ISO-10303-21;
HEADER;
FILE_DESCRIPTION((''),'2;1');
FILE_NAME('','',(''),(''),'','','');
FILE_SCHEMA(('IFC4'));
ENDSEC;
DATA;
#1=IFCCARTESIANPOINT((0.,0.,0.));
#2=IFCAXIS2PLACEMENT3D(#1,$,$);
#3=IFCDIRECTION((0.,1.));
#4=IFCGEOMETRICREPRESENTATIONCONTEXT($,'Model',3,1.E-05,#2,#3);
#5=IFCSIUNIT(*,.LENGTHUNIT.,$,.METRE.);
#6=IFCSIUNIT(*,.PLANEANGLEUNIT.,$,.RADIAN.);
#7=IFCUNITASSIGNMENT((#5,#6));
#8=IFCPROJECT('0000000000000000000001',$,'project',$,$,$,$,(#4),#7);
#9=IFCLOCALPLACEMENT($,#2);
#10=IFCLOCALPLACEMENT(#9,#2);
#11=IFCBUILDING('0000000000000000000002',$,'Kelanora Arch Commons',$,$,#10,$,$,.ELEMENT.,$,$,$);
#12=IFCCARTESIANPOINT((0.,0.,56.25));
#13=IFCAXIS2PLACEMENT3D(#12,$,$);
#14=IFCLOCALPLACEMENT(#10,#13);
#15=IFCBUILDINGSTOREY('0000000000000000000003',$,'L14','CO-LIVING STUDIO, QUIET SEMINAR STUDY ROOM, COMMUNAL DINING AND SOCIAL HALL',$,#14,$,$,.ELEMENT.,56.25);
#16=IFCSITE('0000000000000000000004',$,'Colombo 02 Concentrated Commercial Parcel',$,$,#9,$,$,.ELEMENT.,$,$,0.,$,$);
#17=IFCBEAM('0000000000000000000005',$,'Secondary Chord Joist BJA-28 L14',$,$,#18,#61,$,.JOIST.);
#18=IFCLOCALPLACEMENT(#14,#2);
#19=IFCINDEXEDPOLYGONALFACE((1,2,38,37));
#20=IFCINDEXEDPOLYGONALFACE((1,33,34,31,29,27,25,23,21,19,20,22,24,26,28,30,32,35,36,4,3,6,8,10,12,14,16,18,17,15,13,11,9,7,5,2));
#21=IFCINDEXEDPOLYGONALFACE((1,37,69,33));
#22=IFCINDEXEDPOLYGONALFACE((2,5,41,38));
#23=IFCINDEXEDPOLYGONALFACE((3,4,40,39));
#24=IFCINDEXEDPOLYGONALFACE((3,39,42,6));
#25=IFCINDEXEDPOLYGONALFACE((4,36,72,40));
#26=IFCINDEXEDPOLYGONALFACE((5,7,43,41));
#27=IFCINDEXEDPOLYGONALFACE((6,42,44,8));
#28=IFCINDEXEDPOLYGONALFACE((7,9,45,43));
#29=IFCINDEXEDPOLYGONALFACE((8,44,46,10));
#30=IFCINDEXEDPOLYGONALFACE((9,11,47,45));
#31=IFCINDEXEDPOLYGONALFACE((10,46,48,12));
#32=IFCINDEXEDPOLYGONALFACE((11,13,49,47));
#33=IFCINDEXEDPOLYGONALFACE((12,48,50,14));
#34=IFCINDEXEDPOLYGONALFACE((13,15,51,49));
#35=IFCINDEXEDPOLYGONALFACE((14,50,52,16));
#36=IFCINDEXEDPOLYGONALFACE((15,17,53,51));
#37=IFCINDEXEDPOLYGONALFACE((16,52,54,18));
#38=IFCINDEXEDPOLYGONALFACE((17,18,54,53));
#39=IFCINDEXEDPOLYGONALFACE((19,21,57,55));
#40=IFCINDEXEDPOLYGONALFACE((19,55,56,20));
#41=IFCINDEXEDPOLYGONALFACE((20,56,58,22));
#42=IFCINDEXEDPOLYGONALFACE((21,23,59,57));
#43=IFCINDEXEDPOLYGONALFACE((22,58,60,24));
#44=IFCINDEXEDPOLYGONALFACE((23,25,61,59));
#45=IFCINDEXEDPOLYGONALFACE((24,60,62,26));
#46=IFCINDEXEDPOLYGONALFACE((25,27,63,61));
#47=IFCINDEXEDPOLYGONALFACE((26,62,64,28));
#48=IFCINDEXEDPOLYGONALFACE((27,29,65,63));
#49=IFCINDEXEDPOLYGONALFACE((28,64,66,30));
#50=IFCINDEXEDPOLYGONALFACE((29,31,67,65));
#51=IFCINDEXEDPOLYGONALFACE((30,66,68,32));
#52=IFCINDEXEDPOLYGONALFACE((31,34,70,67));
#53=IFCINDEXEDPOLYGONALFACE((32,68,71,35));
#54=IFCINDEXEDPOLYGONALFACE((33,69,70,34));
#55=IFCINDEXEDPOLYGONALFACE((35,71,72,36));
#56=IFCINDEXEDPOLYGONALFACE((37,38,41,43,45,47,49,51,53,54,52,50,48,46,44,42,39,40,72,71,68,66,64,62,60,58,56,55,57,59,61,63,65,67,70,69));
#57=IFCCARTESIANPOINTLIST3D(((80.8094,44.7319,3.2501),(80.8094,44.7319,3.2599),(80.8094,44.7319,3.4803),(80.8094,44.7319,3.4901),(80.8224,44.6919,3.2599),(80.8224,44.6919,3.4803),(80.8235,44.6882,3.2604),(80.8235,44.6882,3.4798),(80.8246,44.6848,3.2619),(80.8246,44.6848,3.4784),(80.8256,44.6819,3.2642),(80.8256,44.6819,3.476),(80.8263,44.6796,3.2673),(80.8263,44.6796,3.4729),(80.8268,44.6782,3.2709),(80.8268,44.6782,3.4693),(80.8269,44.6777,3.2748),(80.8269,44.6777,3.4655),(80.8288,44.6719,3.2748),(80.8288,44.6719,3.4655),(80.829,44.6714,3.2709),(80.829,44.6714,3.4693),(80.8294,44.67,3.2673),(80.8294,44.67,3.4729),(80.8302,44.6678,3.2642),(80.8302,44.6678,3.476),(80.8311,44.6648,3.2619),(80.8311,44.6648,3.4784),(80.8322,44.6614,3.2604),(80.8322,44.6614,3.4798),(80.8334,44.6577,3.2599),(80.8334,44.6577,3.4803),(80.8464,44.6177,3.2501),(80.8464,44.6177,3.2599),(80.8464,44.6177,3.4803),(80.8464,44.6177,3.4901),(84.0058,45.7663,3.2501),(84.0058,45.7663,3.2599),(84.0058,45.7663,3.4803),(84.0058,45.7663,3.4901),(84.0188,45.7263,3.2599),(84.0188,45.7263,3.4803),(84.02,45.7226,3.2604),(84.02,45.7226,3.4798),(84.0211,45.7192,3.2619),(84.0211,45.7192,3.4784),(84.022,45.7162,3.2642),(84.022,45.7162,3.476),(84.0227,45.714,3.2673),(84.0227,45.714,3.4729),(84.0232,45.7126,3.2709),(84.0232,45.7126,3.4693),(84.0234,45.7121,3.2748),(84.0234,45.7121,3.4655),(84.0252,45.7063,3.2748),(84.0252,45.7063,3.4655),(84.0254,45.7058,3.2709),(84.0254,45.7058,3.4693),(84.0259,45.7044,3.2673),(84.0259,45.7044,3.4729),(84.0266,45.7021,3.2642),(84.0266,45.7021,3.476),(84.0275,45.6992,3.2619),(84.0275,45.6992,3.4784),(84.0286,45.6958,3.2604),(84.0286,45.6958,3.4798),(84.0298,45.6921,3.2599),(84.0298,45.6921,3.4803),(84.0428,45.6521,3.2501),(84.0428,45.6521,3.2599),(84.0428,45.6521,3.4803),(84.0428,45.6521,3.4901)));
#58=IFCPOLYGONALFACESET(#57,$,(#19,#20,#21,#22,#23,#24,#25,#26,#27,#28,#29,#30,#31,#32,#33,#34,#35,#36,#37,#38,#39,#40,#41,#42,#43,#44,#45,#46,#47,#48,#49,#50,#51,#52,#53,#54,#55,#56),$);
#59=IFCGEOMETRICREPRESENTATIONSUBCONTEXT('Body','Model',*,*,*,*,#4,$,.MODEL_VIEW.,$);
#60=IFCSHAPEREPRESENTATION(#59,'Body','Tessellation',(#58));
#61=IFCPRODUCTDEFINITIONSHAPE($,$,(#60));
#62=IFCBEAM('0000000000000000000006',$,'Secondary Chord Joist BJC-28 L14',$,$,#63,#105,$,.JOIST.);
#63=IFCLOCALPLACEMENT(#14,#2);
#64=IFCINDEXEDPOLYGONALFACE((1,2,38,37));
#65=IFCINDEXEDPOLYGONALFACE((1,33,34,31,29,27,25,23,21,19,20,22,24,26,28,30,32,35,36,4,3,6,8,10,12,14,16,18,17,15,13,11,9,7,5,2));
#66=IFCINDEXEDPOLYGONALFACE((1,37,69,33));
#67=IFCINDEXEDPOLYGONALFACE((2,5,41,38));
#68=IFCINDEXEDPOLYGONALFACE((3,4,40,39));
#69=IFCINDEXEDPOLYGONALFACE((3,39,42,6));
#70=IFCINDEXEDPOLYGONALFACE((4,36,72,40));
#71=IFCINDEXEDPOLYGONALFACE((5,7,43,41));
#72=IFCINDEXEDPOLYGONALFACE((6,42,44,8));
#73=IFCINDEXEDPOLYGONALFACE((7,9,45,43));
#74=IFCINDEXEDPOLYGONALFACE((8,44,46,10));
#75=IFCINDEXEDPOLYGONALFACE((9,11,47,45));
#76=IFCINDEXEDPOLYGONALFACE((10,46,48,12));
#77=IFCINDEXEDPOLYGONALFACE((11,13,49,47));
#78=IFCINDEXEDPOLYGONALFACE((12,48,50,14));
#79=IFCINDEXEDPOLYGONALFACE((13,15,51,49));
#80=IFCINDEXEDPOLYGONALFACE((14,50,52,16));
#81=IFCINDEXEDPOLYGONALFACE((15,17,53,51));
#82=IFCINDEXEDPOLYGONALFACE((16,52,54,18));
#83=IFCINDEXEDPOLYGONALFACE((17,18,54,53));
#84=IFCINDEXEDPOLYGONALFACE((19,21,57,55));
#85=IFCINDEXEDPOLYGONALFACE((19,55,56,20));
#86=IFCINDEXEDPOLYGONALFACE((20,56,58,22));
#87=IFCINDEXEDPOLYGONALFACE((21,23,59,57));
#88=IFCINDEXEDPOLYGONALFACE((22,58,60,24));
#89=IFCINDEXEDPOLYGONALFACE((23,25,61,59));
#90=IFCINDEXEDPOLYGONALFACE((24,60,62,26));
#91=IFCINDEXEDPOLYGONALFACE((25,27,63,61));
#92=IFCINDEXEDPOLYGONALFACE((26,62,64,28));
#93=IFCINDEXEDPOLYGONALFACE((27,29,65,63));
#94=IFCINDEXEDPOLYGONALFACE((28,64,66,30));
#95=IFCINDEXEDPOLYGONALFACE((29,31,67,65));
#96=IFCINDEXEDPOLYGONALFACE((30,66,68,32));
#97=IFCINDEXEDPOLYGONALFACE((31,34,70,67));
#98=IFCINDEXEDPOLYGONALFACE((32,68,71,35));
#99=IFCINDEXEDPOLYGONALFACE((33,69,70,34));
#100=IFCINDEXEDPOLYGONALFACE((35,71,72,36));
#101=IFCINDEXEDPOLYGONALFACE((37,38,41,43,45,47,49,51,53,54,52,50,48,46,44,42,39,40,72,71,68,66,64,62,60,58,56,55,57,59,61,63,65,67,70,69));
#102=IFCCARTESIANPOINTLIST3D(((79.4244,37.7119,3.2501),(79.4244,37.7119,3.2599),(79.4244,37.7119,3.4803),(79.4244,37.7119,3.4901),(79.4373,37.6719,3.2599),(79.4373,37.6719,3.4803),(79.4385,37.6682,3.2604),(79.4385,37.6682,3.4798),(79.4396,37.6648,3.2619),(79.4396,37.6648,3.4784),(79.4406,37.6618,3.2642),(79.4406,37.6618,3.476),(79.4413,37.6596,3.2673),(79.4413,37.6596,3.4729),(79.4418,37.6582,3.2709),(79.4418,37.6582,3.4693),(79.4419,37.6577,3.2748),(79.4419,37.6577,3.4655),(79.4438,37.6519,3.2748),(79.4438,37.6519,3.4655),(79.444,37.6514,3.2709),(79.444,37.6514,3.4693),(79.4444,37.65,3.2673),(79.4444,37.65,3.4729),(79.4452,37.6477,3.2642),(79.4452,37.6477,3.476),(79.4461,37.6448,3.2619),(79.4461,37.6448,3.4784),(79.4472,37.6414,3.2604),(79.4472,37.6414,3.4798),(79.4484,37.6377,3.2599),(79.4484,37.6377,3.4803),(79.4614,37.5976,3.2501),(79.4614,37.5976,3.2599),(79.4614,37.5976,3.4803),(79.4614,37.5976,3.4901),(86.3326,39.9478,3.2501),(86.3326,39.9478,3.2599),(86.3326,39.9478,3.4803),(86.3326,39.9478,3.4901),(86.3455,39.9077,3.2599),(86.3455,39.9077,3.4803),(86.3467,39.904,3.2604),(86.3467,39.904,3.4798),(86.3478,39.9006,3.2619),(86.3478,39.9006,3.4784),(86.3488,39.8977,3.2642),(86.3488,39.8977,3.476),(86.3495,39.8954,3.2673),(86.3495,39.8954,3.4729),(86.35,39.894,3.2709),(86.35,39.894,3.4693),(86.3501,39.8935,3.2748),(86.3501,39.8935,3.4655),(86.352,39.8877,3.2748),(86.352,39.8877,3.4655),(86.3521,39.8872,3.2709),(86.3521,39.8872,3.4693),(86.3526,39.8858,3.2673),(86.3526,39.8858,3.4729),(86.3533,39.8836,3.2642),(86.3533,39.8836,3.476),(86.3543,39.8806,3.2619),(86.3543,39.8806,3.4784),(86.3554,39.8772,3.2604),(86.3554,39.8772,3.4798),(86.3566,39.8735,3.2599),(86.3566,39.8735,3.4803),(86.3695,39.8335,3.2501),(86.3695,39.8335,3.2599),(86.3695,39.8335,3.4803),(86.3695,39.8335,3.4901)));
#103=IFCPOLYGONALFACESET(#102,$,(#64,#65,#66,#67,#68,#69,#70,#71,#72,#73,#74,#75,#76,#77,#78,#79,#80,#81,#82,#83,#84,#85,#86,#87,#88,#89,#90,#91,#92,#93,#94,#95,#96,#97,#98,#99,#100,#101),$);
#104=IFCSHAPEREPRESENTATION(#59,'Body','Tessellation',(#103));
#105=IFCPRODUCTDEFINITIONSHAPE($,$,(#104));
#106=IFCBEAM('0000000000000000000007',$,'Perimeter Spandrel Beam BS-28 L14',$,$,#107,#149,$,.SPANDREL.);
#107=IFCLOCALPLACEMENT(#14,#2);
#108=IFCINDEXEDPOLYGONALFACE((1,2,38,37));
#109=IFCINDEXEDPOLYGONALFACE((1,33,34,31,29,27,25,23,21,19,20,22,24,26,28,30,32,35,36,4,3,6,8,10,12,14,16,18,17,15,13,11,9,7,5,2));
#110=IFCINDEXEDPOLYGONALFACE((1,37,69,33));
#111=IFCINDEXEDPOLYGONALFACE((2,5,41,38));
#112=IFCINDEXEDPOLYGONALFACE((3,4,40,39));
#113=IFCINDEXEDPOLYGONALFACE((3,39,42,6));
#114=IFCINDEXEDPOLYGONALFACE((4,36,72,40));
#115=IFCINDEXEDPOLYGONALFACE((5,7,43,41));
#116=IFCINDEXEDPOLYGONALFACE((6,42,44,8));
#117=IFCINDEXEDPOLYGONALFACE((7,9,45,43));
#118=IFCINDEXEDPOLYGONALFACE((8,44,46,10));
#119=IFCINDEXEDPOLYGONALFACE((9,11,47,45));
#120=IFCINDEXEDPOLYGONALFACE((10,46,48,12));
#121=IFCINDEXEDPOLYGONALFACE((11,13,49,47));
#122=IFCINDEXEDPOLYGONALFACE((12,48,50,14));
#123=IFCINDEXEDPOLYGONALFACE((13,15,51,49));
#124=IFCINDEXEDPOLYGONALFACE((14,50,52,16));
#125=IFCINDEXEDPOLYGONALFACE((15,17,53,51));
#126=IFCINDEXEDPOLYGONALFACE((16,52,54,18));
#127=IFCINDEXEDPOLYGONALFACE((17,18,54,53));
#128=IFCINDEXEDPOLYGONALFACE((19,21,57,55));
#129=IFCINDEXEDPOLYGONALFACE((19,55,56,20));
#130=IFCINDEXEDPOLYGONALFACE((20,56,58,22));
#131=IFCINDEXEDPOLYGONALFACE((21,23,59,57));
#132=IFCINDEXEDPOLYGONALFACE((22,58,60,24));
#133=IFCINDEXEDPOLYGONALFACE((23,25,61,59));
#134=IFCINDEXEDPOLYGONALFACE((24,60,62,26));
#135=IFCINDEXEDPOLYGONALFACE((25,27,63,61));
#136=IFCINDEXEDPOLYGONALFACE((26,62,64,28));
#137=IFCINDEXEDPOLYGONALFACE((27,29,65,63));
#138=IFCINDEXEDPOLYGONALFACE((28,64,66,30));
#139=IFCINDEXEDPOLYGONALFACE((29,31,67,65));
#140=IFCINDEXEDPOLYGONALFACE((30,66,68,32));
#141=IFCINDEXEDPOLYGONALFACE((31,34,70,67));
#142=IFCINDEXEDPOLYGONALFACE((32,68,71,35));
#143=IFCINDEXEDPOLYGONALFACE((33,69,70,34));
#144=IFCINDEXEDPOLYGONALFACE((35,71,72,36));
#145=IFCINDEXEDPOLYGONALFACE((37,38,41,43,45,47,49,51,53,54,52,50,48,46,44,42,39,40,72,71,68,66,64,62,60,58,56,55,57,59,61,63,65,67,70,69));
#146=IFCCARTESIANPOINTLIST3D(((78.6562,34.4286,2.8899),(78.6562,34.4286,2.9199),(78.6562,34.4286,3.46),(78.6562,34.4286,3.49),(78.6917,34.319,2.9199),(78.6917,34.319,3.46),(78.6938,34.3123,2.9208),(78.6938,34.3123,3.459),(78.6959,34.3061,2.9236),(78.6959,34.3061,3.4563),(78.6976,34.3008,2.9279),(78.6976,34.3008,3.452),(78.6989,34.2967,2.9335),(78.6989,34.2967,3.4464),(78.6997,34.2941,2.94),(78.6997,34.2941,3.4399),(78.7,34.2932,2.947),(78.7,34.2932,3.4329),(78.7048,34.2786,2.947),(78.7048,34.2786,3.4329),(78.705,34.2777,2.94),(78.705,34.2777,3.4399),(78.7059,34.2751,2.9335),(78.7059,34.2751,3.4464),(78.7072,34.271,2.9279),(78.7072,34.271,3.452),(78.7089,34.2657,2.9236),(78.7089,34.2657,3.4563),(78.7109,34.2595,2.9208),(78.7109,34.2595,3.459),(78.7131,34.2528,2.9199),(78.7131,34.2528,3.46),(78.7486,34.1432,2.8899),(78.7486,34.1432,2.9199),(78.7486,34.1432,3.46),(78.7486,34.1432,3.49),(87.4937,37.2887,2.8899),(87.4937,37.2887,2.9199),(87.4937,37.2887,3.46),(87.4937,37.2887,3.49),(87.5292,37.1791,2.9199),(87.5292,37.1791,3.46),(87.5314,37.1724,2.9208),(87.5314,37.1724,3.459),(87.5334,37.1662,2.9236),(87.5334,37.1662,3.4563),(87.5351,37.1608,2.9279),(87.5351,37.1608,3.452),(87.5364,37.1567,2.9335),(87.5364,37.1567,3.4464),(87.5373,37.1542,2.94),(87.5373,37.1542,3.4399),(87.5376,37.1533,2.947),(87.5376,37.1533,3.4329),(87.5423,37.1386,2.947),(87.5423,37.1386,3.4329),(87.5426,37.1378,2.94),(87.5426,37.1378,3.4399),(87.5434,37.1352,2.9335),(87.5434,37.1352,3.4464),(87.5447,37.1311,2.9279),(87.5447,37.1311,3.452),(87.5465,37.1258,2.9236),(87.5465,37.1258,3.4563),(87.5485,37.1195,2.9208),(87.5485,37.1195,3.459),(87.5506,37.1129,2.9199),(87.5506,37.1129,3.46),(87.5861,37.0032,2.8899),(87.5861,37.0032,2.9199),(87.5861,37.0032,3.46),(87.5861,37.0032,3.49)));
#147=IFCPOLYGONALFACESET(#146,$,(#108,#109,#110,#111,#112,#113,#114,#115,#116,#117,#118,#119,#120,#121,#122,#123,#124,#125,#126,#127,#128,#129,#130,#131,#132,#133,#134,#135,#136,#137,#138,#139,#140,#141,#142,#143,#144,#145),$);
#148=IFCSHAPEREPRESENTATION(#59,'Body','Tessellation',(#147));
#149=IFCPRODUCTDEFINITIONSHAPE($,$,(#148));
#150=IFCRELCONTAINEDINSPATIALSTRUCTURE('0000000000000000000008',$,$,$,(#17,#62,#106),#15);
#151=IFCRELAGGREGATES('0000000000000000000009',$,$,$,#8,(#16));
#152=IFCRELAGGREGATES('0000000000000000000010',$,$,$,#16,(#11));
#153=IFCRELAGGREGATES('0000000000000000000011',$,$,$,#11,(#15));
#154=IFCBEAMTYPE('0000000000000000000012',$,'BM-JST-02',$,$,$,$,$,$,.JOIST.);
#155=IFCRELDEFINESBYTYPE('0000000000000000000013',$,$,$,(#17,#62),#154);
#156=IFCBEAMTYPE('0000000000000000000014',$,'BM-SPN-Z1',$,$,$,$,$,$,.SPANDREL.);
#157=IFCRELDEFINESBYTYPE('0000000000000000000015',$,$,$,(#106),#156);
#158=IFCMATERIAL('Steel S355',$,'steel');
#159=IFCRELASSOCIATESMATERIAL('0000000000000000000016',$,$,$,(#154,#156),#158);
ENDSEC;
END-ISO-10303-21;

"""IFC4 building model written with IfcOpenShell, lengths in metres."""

from ifc_helpers import new_model, si_unit, direction, frame, origin, origin_2d, place, context, subcontext, project, spatial, i_section, extrude, material, material_profile, profile_set, type_object, element, save


model = new_model("IFC4")

# Units and contexts
model_context = context("Model", 3, precision=1e-05, world=origin(), true_north=direction((0.0, 1.0)))
body_context = subcontext(model_context, "Body", "Model", "MODEL_VIEW")
ifc_project = project(units=[si_unit("LENGTHUNIT", "METRE"), si_unit("PLANEANGLEUNIT", "RADIAN")], contexts=[model_context])

# Site, building, storey
site_placement = place(None, origin())
site = spatial("IfcSite", under=ifc_project, at=site_placement, Name="Colombo 02 Concentrated Commercial Parcel", CompositionType="ELEMENT", RefElevation=0.0)
building_placement = place(site_placement, origin())
building = spatial("IfcBuilding", under=site, at=building_placement, Name="Kelanora Arch Commons", CompositionType="ELEMENT")
storey_placement = place(building_placement, frame((0.0, 0.0, 56.25)))
storey = spatial("IfcBuildingStorey", under=building, at=storey_placement, Name="L14", Description="CO-LIVING STUDIO, QUIET SEMINAR STUDY ROOM, COMMUNAL DINING AND SOCIAL HALL", CompositionType="ELEMENT", Elevation=56.25)

# Beams
ifc_material_1 = material(Name="Steel S355", Category="steel")
ifc_material_profile_1 = material_profile(ifc_material_1, i_section(OverallWidth=0.1201, OverallDepth=0.24, WebThickness=0.0061, FlangeThickness=0.0098, FilletRadius=0.0149, at=origin_2d()), Name="IPE240")
ifc_profile_set_1 = profile_set([ifc_material_profile_1], Name="Steel S355")
beam_type_1 = type_object("IfcBeamType", Name="BM-JST-02", PredefinedType="JOIST", material=ifc_profile_set_1)
beam_1_placement = place(storey_placement, frame((80.8279, 44.6748, 3.3701), z_axis=(0.951423, 0.307888, 0.0), x_axis=(-0.307888, 0.951423, 0.0)))
element("IfcBeam", 1, at=beam_1_placement, inside=storey, type_object=beam_type_1, Name="Secondary Chord Joist BJA-28 L14", PredefinedType="JOIST", context=body_context, shape_type="SweptSolid", body=[
    extrude(i_section(OverallWidth=0.1201, OverallDepth=0.24, WebThickness=0.0061, FlangeThickness=0.0098, FilletRadius=0.0149, at=origin_2d()), origin(), (0.0, 0.0, 1.0), 3.3596),
])
beam_2_placement = place(storey_placement, frame((79.4429, 37.6548, 3.3701), z_axis=(0.951411, 0.307924, 0.0), x_axis=(-0.307924, 0.951411, 0.0)))
element("IfcBeam", 2, at=beam_2_placement, inside=storey, type_object=beam_type_1, Name="Secondary Chord Joist BJC-28 L14", PredefinedType="JOIST", context=body_context, shape_type="SweptSolid", body=[
    extrude(i_section(OverallWidth=0.1201, OverallDepth=0.24, WebThickness=0.0061, FlangeThickness=0.0098, FilletRadius=0.0149, at=origin_2d()), origin(), (0.0, 0.0, 1.0), 7.261),
])
ifc_material_profile_2 = material_profile(ifc_material_1, i_section(OverallWidth=0.3, OverallDepth=0.6001, WebThickness=0.0154, FlangeThickness=0.03, FilletRadius=0.0271, at=origin_2d()), Name="HEB600")
ifc_profile_set_2 = profile_set([ifc_material_profile_2], Name="Steel S355")
beam_type_2 = type_object("IfcBeamType", Name="BM-SPN-Z1", PredefinedType="SPANDREL", material=ifc_profile_set_2)
beam_3_placement = place(storey_placement, frame((78.7024, 34.2859, 3.1899), z_axis=(0.951417, 0.307905, 0.0), x_axis=(-0.307905, 0.951417, 0.0)))
element("IfcBeam", 3, at=beam_3_placement, inside=storey, type_object=beam_type_2, Name="Perimeter Spandrel Beam BS-28 L14", PredefinedType="SPANDREL", context=body_context, shape_type="SweptSolid", body=[
    extrude(i_section(OverallWidth=0.3, OverallDepth=0.6001, WebThickness=0.0154, FlangeThickness=0.03, FilletRadius=0.0271, at=origin_2d()), origin(), (0.0, 0.0, 1.0), 9.2888),
])

save(model, "model.ifc")
